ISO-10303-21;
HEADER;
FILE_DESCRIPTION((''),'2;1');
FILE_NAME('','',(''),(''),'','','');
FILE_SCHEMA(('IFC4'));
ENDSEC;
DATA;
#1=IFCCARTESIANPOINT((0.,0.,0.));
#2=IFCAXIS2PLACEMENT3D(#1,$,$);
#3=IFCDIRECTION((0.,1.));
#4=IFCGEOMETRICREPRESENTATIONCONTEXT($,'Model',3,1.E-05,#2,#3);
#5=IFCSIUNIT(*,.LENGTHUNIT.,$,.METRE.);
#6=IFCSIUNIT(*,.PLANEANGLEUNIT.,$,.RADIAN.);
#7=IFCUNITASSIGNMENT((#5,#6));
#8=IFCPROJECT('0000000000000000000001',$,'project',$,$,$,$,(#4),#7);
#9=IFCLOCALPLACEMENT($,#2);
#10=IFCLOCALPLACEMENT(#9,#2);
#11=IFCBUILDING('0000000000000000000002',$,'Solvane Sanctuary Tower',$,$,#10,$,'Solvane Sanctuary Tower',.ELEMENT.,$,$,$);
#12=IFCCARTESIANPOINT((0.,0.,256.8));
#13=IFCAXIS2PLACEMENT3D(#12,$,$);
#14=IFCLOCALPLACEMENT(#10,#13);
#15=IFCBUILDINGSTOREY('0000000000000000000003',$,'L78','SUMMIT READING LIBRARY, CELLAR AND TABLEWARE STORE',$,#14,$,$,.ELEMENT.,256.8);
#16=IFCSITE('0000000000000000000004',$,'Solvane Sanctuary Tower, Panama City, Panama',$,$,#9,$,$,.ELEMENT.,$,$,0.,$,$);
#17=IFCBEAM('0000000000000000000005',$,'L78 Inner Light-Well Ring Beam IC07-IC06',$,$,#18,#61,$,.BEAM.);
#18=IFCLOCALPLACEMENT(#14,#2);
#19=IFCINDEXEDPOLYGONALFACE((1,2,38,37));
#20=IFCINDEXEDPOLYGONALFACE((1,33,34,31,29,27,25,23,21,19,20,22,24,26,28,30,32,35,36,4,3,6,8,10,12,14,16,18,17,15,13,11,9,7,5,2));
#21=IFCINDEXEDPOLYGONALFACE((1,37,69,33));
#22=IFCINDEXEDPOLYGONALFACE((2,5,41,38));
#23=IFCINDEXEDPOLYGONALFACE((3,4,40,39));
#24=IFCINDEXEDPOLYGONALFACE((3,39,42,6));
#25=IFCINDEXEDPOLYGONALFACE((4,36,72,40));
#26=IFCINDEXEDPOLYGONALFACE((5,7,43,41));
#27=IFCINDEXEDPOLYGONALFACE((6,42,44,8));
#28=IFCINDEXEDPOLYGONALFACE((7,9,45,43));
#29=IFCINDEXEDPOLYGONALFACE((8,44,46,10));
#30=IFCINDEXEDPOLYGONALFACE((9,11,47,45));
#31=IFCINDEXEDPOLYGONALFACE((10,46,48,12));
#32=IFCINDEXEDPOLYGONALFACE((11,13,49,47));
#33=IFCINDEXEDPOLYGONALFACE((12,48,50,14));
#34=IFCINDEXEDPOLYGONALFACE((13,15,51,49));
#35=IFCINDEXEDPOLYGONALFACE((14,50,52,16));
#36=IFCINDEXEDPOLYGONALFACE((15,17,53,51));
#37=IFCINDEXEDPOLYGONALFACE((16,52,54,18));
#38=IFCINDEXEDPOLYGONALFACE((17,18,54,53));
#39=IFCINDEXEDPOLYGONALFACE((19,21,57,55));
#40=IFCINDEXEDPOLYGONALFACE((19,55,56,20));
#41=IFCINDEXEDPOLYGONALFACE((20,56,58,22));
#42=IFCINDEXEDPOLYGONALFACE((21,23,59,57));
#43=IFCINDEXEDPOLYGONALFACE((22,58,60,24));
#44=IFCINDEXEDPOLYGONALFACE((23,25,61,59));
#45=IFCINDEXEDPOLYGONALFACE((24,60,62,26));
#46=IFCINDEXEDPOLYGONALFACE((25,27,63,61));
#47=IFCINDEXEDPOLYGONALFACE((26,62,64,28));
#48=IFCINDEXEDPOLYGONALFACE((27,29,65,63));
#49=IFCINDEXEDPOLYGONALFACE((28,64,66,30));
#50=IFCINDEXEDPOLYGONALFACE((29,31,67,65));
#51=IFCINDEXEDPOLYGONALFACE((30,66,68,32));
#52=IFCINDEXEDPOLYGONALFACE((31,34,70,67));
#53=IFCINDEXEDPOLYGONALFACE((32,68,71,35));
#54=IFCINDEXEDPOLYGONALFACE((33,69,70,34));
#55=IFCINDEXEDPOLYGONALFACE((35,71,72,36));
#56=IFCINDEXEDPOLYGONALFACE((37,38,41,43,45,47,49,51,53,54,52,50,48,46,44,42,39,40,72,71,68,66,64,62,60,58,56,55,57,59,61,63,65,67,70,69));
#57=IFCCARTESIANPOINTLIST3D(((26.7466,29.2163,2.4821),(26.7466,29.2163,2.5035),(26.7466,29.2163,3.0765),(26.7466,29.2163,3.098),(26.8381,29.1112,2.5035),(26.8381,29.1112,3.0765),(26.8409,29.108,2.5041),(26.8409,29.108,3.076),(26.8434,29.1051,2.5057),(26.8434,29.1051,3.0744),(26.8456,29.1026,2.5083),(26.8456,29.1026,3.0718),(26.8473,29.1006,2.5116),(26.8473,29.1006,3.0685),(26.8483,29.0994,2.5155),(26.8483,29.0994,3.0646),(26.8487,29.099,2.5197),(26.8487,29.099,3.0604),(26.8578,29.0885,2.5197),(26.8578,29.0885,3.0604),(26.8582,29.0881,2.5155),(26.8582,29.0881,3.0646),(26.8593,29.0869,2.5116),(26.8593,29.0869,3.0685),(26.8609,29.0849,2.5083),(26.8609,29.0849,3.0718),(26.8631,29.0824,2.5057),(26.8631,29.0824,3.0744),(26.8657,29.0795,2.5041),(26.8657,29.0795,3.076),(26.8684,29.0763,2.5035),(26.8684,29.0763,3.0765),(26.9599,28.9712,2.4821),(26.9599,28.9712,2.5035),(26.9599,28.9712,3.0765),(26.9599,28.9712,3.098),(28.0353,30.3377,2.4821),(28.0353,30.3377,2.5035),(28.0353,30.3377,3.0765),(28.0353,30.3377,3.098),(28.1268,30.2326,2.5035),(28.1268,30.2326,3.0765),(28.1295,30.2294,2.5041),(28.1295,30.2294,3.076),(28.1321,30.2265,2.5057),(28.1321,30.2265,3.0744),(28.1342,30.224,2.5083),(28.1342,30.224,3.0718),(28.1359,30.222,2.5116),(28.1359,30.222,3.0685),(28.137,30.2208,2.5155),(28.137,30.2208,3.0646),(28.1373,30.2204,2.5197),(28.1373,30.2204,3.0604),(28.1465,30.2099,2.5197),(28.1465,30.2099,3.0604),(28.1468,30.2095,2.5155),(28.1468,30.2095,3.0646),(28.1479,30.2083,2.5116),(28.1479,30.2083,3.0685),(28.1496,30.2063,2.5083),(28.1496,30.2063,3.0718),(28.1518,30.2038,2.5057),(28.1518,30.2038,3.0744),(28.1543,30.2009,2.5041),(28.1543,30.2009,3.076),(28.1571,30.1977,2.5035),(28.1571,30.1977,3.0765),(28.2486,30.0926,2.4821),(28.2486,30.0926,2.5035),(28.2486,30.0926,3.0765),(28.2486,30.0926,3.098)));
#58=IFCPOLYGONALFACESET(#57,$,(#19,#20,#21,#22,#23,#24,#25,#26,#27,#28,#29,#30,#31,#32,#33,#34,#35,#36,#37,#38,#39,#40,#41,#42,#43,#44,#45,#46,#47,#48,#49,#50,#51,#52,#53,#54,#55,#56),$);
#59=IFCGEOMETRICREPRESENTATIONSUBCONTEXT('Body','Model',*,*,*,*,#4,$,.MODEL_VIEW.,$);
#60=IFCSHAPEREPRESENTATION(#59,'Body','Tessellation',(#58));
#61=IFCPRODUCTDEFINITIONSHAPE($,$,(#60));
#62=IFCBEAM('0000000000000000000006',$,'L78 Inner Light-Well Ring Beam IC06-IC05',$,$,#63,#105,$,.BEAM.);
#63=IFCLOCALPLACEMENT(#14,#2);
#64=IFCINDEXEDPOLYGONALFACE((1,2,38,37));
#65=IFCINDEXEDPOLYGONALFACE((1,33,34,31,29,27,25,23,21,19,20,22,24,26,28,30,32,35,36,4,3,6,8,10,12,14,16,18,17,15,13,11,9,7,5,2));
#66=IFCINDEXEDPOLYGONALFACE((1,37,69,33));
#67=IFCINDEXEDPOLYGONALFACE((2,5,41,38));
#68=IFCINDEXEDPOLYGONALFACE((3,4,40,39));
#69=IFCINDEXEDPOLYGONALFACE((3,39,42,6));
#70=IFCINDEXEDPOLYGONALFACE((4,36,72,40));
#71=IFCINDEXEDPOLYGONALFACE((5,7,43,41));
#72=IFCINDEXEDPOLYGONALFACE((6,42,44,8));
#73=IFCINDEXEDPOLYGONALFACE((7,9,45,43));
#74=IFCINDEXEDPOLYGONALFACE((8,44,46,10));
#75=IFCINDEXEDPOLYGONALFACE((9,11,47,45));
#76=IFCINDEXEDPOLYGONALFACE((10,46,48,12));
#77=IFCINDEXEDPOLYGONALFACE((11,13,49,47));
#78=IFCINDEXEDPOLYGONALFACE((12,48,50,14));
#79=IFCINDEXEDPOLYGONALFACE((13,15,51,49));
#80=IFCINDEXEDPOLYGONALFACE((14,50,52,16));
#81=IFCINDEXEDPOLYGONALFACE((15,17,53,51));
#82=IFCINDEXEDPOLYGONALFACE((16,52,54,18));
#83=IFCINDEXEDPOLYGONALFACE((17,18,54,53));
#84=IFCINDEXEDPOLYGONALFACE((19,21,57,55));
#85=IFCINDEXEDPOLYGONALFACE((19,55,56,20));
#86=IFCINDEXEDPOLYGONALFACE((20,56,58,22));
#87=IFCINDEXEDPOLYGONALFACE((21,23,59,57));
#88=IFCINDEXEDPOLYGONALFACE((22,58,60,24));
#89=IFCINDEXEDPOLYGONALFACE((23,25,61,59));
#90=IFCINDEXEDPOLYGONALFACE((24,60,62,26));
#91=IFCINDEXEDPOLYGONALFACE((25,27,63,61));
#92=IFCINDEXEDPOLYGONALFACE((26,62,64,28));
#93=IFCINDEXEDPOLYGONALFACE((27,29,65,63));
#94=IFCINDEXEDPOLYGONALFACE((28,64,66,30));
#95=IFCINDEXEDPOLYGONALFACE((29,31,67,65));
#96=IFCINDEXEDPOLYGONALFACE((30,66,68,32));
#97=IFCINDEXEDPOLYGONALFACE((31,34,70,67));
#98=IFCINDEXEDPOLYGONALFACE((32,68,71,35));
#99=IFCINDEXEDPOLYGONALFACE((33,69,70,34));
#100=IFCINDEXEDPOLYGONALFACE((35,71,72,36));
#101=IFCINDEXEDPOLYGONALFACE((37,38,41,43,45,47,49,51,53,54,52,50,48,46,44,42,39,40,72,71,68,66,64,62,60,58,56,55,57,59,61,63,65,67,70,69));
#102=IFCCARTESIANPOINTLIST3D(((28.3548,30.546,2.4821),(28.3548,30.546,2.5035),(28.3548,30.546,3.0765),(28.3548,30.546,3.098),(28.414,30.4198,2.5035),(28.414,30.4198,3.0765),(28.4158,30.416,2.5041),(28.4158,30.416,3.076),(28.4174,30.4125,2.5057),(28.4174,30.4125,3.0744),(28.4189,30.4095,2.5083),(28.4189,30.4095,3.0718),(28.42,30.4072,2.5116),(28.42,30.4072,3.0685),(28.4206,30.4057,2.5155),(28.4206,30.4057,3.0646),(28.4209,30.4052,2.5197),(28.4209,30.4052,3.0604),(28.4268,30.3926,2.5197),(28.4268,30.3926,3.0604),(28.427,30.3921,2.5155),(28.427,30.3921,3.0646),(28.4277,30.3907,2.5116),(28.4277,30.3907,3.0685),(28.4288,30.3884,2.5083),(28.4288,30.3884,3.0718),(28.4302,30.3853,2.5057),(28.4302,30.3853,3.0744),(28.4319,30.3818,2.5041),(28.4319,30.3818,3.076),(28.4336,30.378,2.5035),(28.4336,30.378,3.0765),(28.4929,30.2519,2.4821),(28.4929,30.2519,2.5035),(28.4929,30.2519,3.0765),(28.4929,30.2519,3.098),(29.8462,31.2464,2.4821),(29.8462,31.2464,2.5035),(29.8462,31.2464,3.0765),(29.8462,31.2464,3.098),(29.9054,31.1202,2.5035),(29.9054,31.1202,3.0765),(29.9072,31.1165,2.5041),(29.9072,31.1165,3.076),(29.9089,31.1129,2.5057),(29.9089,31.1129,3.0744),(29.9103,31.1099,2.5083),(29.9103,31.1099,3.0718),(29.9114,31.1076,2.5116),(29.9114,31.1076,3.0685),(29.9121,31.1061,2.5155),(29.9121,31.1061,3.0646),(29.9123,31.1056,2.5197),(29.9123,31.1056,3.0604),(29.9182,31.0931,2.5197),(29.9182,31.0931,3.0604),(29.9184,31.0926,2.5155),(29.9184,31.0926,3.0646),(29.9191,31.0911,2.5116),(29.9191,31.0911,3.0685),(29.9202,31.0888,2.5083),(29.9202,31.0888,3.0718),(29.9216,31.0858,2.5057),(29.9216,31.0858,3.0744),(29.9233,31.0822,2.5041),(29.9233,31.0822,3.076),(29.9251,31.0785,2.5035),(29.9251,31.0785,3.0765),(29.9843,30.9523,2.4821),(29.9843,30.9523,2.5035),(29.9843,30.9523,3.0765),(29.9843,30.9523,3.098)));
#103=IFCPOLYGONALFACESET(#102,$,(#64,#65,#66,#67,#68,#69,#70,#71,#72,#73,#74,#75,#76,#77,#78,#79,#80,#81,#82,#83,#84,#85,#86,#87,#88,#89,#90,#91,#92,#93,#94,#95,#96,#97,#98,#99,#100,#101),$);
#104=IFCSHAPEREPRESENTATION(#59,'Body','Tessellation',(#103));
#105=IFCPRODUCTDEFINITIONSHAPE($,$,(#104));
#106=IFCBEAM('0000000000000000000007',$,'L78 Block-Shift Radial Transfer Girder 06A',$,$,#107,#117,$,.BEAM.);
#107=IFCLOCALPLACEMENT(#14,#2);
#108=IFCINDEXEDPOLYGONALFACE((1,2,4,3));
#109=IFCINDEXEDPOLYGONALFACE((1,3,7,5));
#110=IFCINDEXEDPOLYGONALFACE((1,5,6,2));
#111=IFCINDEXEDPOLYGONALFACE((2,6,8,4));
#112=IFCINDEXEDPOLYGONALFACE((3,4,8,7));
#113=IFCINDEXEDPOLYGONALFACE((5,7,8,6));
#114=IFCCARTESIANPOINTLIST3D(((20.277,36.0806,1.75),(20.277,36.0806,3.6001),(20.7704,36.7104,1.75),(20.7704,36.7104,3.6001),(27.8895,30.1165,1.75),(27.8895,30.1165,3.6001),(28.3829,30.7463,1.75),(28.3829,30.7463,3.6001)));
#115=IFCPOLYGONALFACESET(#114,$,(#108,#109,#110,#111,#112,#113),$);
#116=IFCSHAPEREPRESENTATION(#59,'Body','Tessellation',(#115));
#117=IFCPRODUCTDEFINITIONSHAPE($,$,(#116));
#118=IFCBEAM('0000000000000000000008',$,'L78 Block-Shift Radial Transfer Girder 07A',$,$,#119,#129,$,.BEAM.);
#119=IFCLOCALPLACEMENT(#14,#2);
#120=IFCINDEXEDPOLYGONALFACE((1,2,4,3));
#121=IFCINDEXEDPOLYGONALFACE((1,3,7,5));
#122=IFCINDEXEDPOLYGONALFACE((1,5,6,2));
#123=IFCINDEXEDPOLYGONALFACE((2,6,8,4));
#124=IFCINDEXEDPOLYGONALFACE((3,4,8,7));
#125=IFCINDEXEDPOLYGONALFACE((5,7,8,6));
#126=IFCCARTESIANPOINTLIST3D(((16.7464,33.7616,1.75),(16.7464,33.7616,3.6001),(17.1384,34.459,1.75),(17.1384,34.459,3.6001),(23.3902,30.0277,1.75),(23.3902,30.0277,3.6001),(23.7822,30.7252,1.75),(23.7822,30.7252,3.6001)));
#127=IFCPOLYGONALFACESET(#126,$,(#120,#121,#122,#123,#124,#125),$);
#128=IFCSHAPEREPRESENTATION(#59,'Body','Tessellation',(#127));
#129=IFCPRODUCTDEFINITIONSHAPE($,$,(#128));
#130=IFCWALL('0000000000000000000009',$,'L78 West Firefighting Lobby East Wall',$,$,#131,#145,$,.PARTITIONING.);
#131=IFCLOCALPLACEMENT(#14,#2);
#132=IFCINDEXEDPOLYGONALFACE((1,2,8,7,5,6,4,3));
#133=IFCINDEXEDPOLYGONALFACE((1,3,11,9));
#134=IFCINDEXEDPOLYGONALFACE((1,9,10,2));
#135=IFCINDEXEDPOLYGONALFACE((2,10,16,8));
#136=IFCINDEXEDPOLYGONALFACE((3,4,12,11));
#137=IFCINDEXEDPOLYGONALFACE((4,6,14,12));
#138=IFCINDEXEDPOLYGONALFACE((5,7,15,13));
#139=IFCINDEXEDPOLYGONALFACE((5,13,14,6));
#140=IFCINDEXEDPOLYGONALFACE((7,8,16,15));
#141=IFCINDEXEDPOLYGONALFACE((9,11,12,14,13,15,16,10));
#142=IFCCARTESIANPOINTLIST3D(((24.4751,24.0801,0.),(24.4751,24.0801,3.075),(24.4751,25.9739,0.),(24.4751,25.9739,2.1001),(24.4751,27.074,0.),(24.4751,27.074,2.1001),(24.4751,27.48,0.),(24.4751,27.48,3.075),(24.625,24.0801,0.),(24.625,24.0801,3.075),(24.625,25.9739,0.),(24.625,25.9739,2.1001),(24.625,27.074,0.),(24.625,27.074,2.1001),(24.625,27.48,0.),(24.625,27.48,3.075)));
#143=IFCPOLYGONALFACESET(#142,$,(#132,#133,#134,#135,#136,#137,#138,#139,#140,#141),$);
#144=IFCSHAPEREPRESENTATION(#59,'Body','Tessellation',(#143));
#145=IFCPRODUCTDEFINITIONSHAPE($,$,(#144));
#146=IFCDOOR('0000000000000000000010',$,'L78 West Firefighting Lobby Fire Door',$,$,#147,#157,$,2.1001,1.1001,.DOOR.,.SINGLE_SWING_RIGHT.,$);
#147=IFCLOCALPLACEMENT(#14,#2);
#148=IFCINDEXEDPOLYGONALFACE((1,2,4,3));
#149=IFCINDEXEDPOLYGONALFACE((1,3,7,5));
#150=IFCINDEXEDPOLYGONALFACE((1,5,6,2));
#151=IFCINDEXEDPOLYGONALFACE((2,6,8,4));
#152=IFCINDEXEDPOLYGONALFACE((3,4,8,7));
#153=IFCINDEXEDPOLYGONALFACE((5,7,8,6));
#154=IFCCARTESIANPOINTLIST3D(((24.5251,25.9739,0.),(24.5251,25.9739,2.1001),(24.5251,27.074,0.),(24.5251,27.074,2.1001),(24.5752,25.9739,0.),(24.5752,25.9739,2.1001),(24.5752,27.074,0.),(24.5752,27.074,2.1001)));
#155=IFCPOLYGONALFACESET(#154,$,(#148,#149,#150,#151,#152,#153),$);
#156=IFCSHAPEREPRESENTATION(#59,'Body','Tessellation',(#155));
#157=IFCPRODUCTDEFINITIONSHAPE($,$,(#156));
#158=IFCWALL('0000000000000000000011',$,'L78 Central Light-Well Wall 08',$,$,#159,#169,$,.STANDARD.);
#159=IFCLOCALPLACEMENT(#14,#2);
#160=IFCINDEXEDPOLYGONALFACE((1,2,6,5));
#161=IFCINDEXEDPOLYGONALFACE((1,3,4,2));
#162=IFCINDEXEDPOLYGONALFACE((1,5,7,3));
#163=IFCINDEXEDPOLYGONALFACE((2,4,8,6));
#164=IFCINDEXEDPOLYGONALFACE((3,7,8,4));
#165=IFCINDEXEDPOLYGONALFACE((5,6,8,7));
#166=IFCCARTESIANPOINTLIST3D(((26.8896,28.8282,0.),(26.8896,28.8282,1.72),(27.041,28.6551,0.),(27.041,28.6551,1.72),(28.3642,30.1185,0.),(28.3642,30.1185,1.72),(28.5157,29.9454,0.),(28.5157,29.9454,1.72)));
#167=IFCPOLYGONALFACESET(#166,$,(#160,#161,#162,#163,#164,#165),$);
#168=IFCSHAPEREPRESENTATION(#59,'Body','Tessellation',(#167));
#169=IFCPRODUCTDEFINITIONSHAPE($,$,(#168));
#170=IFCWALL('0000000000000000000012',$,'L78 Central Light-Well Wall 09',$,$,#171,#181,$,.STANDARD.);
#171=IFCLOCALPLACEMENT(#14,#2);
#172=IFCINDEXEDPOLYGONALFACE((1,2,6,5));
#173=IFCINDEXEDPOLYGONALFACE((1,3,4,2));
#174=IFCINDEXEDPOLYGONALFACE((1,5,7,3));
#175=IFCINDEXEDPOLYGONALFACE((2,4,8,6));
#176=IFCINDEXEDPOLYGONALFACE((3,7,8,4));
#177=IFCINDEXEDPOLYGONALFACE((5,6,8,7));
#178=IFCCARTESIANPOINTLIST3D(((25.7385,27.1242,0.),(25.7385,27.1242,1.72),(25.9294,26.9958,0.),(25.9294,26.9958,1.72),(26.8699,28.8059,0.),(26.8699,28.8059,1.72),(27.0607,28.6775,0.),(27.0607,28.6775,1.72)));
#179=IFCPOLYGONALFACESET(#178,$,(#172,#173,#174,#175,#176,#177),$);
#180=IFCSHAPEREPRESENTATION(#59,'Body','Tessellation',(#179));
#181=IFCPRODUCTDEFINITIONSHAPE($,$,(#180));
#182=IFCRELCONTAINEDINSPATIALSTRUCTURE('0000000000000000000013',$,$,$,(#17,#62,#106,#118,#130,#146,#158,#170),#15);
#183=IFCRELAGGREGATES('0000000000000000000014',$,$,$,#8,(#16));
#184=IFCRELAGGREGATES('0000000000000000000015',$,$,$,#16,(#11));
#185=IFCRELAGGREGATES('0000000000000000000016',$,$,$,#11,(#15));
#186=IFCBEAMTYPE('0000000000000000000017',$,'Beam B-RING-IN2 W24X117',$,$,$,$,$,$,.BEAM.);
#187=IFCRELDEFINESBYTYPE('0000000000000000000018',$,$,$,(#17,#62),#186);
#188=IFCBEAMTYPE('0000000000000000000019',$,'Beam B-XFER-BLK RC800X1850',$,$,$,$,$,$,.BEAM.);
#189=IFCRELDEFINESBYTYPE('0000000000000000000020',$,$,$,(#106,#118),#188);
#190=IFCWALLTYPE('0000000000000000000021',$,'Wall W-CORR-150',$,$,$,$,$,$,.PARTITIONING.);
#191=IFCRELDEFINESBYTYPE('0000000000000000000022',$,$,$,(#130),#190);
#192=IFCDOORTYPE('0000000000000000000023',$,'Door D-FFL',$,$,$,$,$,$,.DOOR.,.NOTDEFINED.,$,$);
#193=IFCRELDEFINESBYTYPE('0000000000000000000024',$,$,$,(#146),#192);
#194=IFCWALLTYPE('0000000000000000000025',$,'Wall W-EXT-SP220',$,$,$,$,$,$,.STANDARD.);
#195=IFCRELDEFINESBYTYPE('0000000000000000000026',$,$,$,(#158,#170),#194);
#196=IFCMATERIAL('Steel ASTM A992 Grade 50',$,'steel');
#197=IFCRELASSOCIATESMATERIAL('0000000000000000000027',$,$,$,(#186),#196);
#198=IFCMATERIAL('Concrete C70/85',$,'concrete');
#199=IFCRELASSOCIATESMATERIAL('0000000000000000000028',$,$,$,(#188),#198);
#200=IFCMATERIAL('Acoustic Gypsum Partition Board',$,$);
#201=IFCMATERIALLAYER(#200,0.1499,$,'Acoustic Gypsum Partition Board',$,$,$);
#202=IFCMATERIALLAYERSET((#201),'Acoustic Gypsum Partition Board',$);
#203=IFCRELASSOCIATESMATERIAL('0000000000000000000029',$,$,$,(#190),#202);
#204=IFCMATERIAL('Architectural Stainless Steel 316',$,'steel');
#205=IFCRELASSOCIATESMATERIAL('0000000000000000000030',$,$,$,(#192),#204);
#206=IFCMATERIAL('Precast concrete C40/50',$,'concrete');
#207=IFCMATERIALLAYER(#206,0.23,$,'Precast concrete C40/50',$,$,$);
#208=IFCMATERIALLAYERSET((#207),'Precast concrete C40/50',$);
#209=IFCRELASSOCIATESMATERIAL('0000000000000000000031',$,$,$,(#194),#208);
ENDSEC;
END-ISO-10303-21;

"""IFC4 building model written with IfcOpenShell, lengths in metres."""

from ifc_helpers import new_model, si_unit, direction, frame, frame_2d, origin, origin_2d, place, context, subcontext, project, spatial, rectangle, i_section, extrude, material, layer, layer_set, material_profile, profile_set, type_object, element, fill, save


model = new_model("IFC4")

# Units and contexts
model_context = context("Model", 3, precision=1e-05, world=origin(), true_north=direction((0.0, 1.0)))
body_context = subcontext(model_context, "Body", "Model", "MODEL_VIEW")
ifc_project = project(units=[si_unit("LENGTHUNIT", "METRE"), si_unit("PLANEANGLEUNIT", "RADIAN")], contexts=[model_context])

# Site, building, storey
site_placement = place(None, origin())
site = spatial("IfcSite", under=ifc_project, at=site_placement, Name="Solvane Sanctuary Tower, Panama City, Panama", CompositionType="ELEMENT", RefElevation=0.0)
building_placement = place(site_placement, origin())
building = spatial("IfcBuilding", under=site, at=building_placement, Name="Solvane Sanctuary Tower", LongName="Solvane Sanctuary Tower", CompositionType="ELEMENT")
storey_placement = place(building_placement, frame((0.0, 0.0, 256.8)))
storey = spatial("IfcBuildingStorey", under=building, at=storey_placement, Name="L78", Description="SUMMIT READING LIBRARY, CELLAR AND TABLEWARE STORE", CompositionType="ELEMENT", Elevation=256.8)

# Shared definitions
ifc_material_1 = material(Name="Concrete C70/85", Category="concrete")

# Beams
ifc_material_2 = material(Name="Steel ASTM A992 Grade 50", Category="steel")
ifc_material_profile_1 = material_profile(ifc_material_2, i_section(OverallWidth=0.325, OverallDepth=0.616, WebThickness=0.0139, FlangeThickness=0.0215, FilletRadius=0.0161, at=origin_2d()), Name="W24X117")
ifc_profile_set_1 = profile_set([ifc_material_profile_1], Name="Steel ASTM A992 Grade 50")
beam_type_1 = type_object("IfcBeamType", Name="Beam B-RING-IN2 W24X117", PredefinedType="BEAM", material=ifc_profile_set_1)
beam_1_placement = place(storey_placement, frame((26.8533, 29.0938, 2.79), z_axis=(0.754362, 0.656458, 0.0), x_axis=(-0.656458, 0.754362, 0.0)))
element("IfcBeam", 1, at=beam_1_placement, inside=storey, type_object=beam_type_1, Name="L78 Inner Light-Well Ring Beam IC07-IC06", PredefinedType="BEAM", context=body_context, shape_type="SweptSolid", body=[
    extrude(i_section(OverallWidth=0.325, OverallDepth=0.616, WebThickness=0.0139, FlangeThickness=0.0215, FilletRadius=0.0161, at=origin_2d()), origin(), (0.0, 0.0, 1.0), 1.7083),
])
beam_2_placement = place(storey_placement, frame((28.4238, 30.3989, 2.79), z_axis=(0.905151, 0.42509, 0.0), x_axis=(-0.42509, 0.905151, 0.0)))
element("IfcBeam", 2, at=beam_2_placement, inside=storey, type_object=beam_type_1, Name="L78 Inner Light-Well Ring Beam IC06-IC05", PredefinedType="BEAM", context=body_context, shape_type="SweptSolid", body=[
    extrude(i_section(OverallWidth=0.325, OverallDepth=0.616, WebThickness=0.0139, FlangeThickness=0.0215, FilletRadius=0.0161, at=origin_2d()), origin(), (0.0, 0.0, 1.0), 1.6477),
])
ifc_material_profile_2 = material_profile(ifc_material_1, rectangle(XDim=0.8, YDim=1.8501, at=origin_2d()), Name="RC800X1850")
ifc_profile_set_2 = profile_set([ifc_material_profile_2], Name="Concrete C70/85")
beam_type_2 = type_object("IfcBeamType", Name="Beam B-XFER-BLK RC800X1850", PredefinedType="BEAM", material=ifc_profile_set_2)
beam_3_placement = place(storey_placement, frame((28.1362, 30.4314, 2.675), z_axis=(-0.78718, 0.616723, 0.0), x_axis=(-0.616723, -0.78718, 0.0)))
element("IfcBeam", 3, at=beam_3_placement, inside=storey, type_object=beam_type_2, Name="L78 Block-Shift Radial Transfer Girder 06A", PredefinedType="BEAM", context=body_context, shape_type="SweptSolid", body=[
    extrude(rectangle(XDim=0.8, YDim=1.8501, at=origin_2d()), origin(), (0.0, 0.0, 1.0), 9.6707),
])
beam_4_placement = place(storey_placement, frame((23.5862, 30.3765, 2.675), z_axis=(-0.871758, 0.489937, 0.0), x_axis=(-0.489937, -0.871758, 0.0)))
element("IfcBeam", 4, at=beam_4_placement, inside=storey, type_object=beam_type_2, Name="L78 Block-Shift Radial Transfer Girder 07A", PredefinedType="BEAM", context=body_context, shape_type="SweptSolid", body=[
    extrude(rectangle(XDim=0.8, YDim=1.8501, at=origin_2d()), origin(), (0.0, 0.0, 1.0), 7.6211),
])

# Wall, opening, door
ifc_material_3 = material(Name="Acoustic Gypsum Partition Board")
ifc_layer_1 = layer(ifc_material_3, 0.1499, Name="Acoustic Gypsum Partition Board")
ifc_layer_set_1 = layer_set([ifc_layer_1], Name="Acoustic Gypsum Partition Board")
wall_type_1 = type_object("IfcWallType", Name="Wall W-CORR-150", PredefinedType="PARTITIONING", material=ifc_layer_set_1)
wall_1_placement = place(storey_placement, frame((24.55, 24.0801, 0.0), z_axis=(0.0, 0.0, 1.0), x_axis=(0.0, 1.0, 0.0)))
wall_1 = element("IfcWall", 5, at=wall_1_placement, inside=storey, type_object=wall_type_1, Name="L78 West Firefighting Lobby East Wall", PredefinedType="PARTITIONING", context=body_context, shape_type="SweptSolid", body=[
    extrude(rectangle(XDim=3.3999, YDim=0.1499, at=frame_2d((1.7, 0.0))), origin(), (0.0, 0.0, 1.0), 3.075),
])
opening_1_placement = place(wall_1_placement, frame((1.8938, 0.0, 0.0)))
opening_1 = element("IfcOpeningElement", 6, at=opening_1_placement, cuts=wall_1, PredefinedType="OPENING", context=body_context, shape_type="SweptSolid", body=[
    extrude(rectangle(XDim=1.1001, YDim=2.1001, at=frame_2d((0.55, 1.05))), frame((0.0, 0.085, 0.0), z_axis=(0.0, -1.0, 0.0), x_axis=(1.0, 0.0, 0.0)), (0.0, 0.0, 1.0), 0.1699),
])
ifc_material_4 = material(Name="Architectural Stainless Steel 316", Category="steel")
door_type_1 = type_object("IfcDoorType", Name="Door D-FFL", OperationType="NOTDEFINED", PredefinedType="DOOR", material=ifc_material_4)
door_1_placement = place(opening_1_placement, origin())
door_1 = element("IfcDoor", 7, at=door_1_placement, inside=storey, type_object=door_type_1, Name="L78 West Firefighting Lobby Fire Door", OperationType="SINGLE_SWING_RIGHT", OverallHeight=2.1001, OverallWidth=1.1001, PredefinedType="DOOR", context=body_context, shape_type="SweptSolid", body=[
    extrude(rectangle(XDim=1.1001, YDim=2.1001, at=frame_2d((0.55, 1.05))), frame((0.0, 0.0249, 0.0), z_axis=(0.0, -1.0, 0.0), x_axis=(1.0, 0.0, 0.0)), (0.0, 0.0, 1.0), 0.05),
])
fill(opening_1, door_1)

# Walls
ifc_material_5 = material(Name="Precast concrete C40/50", Category="concrete")
ifc_layer_2 = layer(ifc_material_5, 0.23, Name="Precast concrete C40/50")
ifc_layer_set_2 = layer_set([ifc_layer_2], Name="Precast concrete C40/50")
wall_type_2 = type_object("IfcWallType", Name="Wall W-EXT-SP220", PredefinedType="STANDARD", material=ifc_layer_set_2)
wall_2_placement = place(storey_placement, frame((28.4399, 30.032, 0.0), z_axis=(0.0, 0.0, 1.0), x_axis=(-0.752577, -0.658505, 0.0)))
element("IfcWall", 8, at=wall_2_placement, inside=storey, type_object=wall_type_2, Name="L78 Central Light-Well Wall 08", PredefinedType="STANDARD", context=body_context, shape_type="SweptSolid", body=[
    extrude(rectangle(XDim=1.9595, YDim=0.23, at=frame_2d((0.9797, 0.0))), origin(), (0.0, 0.0, 1.0), 1.72),
])
wall_3_placement = place(storey_placement, frame((26.9653, 28.7417, 0.0), z_axis=(0.0, 0.0, 1.0), x_axis=(-0.558198, -0.829708, 0.0)))
element("IfcWall", 9, at=wall_3_placement, inside=storey, type_object=wall_type_2, Name="L78 Central Light-Well Wall 09", PredefinedType="STANDARD", context=body_context, shape_type="SweptSolid", body=[
    extrude(rectangle(XDim=2.0269, YDim=0.23, at=frame_2d((1.0134, 0.0))), origin(), (0.0, 0.0, 1.0), 1.72),
])

save(model, "model.ifc")
